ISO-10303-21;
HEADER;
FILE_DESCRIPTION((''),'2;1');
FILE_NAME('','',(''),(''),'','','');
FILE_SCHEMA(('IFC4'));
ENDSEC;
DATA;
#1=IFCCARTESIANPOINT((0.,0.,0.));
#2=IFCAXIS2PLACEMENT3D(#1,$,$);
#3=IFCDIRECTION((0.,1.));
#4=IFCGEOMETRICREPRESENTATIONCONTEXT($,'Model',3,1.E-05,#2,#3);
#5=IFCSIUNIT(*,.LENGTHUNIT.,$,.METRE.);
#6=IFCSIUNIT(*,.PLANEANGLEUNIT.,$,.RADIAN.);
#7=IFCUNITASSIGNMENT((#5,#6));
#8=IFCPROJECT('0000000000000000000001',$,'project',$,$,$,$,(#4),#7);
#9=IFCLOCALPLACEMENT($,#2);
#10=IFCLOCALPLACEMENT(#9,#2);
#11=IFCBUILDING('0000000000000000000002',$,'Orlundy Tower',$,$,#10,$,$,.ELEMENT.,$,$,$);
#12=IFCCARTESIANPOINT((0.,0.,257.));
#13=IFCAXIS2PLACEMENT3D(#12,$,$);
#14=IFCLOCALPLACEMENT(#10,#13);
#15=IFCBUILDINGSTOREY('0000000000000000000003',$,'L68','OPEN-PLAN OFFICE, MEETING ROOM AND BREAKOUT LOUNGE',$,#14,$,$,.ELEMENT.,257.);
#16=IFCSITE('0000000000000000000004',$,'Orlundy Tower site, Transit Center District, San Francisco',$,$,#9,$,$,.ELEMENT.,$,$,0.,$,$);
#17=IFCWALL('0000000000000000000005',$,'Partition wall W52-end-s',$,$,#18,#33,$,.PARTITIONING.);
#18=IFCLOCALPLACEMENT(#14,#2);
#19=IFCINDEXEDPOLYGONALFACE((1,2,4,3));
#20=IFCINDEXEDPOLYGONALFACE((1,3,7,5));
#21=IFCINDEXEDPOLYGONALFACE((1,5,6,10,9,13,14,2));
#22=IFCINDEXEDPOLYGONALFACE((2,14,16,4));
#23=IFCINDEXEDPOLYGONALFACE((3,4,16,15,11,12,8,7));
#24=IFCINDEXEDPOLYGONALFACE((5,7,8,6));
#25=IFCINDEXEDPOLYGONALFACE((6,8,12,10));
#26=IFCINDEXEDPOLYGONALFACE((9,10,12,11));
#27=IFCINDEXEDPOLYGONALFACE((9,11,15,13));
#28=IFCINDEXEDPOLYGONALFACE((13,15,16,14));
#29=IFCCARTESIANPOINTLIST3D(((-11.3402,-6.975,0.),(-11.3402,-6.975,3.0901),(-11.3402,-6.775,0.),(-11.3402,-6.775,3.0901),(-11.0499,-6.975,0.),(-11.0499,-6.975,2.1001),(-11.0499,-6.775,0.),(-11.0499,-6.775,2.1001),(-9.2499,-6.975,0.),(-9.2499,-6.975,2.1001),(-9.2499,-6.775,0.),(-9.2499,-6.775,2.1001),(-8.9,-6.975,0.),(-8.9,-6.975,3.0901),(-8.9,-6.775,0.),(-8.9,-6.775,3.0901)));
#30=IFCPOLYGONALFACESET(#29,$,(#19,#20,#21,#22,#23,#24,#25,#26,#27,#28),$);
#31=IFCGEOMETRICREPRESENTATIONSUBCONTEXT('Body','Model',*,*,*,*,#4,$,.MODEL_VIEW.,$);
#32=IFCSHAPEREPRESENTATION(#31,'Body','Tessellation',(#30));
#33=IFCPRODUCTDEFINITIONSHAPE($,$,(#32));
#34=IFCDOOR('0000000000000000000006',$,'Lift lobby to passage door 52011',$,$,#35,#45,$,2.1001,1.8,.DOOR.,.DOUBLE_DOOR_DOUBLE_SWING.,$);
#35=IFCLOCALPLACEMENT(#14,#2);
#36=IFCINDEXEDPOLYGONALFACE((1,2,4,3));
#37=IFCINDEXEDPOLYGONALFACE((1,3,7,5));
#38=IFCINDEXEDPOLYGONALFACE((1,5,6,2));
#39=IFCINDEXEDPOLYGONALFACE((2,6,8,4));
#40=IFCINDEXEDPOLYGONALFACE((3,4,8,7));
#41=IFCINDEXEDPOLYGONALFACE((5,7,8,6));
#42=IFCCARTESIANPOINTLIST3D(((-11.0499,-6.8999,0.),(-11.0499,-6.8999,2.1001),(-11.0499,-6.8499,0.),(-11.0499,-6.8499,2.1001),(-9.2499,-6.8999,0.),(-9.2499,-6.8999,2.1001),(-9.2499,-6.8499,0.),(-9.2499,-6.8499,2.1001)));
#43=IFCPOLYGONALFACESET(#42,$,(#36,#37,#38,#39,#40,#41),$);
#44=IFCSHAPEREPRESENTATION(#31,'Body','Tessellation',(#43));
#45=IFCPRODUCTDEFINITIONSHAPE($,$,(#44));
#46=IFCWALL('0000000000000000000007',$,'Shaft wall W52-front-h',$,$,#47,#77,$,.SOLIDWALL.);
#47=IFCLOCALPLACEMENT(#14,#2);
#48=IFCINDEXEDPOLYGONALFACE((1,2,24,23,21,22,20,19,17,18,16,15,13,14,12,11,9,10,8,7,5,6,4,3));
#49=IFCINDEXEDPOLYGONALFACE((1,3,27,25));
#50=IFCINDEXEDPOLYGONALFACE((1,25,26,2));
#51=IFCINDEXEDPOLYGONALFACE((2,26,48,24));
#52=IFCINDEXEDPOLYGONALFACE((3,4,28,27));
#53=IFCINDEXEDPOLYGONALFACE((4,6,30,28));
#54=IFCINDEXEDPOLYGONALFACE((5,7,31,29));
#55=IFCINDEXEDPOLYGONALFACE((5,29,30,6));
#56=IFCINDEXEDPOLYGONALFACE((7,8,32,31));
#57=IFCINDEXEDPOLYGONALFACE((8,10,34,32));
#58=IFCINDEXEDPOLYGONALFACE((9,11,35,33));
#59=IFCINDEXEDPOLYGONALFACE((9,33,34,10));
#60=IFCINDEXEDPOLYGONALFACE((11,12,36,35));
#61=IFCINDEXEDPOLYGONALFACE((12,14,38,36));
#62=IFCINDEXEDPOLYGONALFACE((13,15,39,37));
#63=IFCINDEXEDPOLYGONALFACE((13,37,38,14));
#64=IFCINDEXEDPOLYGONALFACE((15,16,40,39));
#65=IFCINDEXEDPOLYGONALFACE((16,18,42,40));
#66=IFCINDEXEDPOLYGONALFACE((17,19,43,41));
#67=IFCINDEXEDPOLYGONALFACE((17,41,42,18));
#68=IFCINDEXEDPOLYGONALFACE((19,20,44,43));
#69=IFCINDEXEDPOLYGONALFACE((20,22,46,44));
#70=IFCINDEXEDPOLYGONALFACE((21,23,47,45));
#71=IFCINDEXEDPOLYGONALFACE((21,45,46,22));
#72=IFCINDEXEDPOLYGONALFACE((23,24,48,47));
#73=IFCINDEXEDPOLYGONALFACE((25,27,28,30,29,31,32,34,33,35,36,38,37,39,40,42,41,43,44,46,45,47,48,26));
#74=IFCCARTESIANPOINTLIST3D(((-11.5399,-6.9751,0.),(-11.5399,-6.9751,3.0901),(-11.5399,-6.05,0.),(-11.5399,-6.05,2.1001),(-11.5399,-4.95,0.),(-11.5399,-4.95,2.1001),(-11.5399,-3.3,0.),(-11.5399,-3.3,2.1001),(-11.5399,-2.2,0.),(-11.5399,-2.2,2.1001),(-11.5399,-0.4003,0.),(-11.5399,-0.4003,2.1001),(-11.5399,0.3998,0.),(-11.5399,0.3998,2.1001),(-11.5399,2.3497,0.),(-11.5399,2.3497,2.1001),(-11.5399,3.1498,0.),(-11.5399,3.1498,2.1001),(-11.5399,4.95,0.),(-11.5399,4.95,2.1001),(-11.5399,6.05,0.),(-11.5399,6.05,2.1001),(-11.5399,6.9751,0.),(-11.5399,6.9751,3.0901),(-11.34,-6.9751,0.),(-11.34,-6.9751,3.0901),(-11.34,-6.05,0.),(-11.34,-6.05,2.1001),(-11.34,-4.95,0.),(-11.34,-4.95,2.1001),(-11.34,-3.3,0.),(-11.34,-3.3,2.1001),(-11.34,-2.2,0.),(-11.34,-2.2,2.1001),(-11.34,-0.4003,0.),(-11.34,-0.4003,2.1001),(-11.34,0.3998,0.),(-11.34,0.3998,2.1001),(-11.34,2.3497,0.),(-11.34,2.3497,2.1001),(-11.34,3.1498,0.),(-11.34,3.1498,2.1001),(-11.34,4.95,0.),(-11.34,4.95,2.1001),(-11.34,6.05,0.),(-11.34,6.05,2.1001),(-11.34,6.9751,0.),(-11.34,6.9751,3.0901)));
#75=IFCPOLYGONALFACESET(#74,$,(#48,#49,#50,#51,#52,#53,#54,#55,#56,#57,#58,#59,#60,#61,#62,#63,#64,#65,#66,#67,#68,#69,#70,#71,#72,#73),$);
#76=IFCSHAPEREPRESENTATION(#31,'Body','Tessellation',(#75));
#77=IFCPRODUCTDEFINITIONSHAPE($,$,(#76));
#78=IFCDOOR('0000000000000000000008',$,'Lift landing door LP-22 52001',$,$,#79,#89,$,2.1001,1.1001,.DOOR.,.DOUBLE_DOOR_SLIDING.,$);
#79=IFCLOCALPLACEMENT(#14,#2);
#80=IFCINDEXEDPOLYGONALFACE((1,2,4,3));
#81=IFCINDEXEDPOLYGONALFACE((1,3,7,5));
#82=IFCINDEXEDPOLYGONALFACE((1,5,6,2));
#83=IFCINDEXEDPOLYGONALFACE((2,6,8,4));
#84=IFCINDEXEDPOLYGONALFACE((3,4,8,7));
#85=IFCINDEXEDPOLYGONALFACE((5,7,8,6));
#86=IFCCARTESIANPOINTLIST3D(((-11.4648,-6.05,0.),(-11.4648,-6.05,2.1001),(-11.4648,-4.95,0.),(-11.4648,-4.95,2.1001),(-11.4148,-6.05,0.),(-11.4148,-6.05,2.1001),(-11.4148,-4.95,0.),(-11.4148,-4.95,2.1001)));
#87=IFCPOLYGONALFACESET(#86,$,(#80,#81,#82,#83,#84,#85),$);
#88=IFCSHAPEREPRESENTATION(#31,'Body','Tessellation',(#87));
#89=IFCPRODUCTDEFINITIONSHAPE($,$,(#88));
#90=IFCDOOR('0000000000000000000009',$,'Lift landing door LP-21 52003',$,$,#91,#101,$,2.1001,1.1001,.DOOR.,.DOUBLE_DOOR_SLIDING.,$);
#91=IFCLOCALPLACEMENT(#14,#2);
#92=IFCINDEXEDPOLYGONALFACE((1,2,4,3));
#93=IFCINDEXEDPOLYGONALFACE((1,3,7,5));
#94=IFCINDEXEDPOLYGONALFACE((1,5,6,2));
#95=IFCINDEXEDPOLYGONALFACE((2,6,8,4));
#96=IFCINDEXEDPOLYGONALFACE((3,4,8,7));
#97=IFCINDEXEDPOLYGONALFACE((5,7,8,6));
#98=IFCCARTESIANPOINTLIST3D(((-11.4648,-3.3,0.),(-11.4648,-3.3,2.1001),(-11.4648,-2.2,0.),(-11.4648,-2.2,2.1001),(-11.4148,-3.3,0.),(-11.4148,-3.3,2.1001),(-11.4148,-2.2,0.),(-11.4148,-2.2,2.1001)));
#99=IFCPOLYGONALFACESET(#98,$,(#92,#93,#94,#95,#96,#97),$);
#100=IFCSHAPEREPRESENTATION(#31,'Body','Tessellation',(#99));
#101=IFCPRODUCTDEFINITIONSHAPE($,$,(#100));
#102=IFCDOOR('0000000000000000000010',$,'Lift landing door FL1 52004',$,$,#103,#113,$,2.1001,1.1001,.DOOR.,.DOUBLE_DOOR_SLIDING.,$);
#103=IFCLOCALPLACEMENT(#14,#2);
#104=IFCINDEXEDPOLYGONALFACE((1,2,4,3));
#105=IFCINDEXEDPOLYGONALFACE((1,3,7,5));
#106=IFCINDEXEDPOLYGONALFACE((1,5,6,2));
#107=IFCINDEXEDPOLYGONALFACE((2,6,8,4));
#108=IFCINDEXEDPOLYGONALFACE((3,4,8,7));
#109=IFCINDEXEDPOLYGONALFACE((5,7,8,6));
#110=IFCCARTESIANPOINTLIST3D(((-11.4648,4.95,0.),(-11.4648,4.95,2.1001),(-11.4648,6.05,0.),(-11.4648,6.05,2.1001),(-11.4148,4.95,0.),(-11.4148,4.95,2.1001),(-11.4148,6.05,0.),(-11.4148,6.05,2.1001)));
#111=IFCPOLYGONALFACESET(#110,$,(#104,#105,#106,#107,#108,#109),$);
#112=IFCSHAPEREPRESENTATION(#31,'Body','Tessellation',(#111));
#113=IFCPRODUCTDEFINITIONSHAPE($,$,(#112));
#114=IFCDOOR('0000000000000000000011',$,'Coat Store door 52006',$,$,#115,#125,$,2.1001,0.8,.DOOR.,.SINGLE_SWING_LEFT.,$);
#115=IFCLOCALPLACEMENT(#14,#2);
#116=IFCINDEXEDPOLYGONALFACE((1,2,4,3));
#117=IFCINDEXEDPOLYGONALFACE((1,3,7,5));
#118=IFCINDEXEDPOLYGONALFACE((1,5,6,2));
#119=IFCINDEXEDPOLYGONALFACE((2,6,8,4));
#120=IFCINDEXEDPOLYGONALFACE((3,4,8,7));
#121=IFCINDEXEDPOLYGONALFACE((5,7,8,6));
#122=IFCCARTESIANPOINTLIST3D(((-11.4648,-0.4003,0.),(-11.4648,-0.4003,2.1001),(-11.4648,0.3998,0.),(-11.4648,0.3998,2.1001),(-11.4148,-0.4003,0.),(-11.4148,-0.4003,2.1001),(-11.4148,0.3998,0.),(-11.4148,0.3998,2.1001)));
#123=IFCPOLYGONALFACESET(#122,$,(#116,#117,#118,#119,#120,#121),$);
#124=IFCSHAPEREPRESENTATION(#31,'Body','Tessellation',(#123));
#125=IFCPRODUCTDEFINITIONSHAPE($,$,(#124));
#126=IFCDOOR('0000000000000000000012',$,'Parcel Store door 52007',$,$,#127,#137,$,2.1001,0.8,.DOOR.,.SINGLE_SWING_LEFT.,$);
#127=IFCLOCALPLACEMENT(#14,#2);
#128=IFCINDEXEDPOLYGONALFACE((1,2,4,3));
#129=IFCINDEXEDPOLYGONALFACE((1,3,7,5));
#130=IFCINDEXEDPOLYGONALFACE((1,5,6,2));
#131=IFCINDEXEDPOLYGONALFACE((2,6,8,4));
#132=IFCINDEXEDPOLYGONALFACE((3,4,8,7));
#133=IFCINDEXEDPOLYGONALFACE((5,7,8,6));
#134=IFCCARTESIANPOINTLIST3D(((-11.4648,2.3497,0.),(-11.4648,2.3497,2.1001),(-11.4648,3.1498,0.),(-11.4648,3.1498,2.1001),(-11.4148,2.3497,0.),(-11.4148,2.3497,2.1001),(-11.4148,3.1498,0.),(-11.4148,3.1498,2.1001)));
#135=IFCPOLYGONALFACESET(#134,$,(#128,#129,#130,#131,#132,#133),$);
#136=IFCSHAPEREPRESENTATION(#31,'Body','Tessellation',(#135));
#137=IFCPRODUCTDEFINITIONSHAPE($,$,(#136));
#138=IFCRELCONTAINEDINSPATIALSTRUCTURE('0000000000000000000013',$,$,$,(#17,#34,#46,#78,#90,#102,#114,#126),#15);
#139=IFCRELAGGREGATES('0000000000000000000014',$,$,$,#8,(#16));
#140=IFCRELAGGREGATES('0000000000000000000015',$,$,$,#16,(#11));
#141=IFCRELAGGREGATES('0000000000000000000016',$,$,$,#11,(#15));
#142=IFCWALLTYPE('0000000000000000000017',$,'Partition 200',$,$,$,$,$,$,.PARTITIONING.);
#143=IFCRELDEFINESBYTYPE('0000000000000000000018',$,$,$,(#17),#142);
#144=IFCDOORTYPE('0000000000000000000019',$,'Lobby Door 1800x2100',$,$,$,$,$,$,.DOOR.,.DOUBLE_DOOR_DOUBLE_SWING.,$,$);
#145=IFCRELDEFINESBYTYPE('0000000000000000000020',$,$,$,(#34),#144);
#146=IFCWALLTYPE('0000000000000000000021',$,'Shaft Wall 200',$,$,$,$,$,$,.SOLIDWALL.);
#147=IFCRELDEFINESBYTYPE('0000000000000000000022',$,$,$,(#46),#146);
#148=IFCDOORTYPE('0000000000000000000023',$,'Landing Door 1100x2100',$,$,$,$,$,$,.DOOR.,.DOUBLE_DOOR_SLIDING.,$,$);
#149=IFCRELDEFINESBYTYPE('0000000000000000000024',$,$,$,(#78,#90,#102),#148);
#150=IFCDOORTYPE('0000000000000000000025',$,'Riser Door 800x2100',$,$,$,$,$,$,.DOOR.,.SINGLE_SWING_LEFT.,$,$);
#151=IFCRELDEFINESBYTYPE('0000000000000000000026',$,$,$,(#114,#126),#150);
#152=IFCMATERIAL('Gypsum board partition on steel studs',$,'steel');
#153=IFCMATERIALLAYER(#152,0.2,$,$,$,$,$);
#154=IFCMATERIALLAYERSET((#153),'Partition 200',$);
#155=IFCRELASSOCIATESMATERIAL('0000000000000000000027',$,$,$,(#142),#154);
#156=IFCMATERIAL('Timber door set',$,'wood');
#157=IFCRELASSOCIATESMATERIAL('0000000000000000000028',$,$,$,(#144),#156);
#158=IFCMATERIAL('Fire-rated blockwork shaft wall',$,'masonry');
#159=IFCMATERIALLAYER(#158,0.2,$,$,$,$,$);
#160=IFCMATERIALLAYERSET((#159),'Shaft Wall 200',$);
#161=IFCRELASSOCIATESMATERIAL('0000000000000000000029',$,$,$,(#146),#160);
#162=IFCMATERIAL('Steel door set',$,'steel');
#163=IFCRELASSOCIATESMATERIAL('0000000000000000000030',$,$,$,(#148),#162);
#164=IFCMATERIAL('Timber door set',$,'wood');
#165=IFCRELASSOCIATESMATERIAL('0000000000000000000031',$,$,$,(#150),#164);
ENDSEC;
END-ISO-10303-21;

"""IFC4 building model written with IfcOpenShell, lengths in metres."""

from ifc_helpers import new_model, si_unit, direction, frame, frame_2d, origin, place, context, subcontext, project, spatial, rectangle, extrude, material, layer, layer_set, type_object, element, fill, save


model = new_model("IFC4")

# Units and contexts
model_context = context("Model", 3, precision=1e-05, world=origin(), true_north=direction((0.0, 1.0)))
body_context = subcontext(model_context, "Body", "Model", "MODEL_VIEW")
ifc_project = project(units=[si_unit("LENGTHUNIT", "METRE"), si_unit("PLANEANGLEUNIT", "RADIAN")], contexts=[model_context])

# Site, building, storey
site_placement = place(None, origin())
site = spatial("IfcSite", under=ifc_project, at=site_placement, Name="Orlundy Tower site, Transit Center District, San Francisco", CompositionType="ELEMENT", RefElevation=0.0)
building_placement = place(site_placement, origin())
building = spatial("IfcBuilding", under=site, at=building_placement, Name="Orlundy Tower", CompositionType="ELEMENT")
storey_placement = place(building_placement, frame((0.0, 0.0, 257.0)))
storey = spatial("IfcBuildingStorey", under=building, at=storey_placement, Name="L68", Description="OPEN-PLAN OFFICE, MEETING ROOM AND BREAKOUT LOUNGE", CompositionType="ELEMENT", Elevation=257.0)

# Wall, opening, door
ifc_material_1 = material(Name="Gypsum board partition on steel studs", Category="steel")
ifc_layer_1 = layer(ifc_material_1, 0.2)
ifc_layer_set_1 = layer_set([ifc_layer_1], Name="Partition 200")
wall_type_1 = type_object("IfcWallType", Name="Partition 200", PredefinedType="PARTITIONING", material=ifc_layer_set_1)
wall_1_placement = place(storey_placement, frame((-8.8999, -6.875, 0.0), z_axis=(0.0, 0.0, 1.0), x_axis=(-1.0, 0.0, 0.0)))
wall_1 = element("IfcWall", 1, at=wall_1_placement, inside=storey, type_object=wall_type_1, Name="Partition wall W52-end-s", PredefinedType="PARTITIONING", context=body_context, shape_type="SweptSolid", body=[
    extrude(rectangle(XDim=2.4402, YDim=0.2, at=frame_2d((1.2202, 0.0))), origin(), (0.0, 0.0, 1.0), 3.0901),
])
opening_1_placement = place(wall_1_placement, frame((0.3501, 0.0, 0.0)))
opening_1 = element("IfcOpeningElement", 2, at=opening_1_placement, cuts=wall_1, PredefinedType="OPENING", context=body_context, shape_type="SweptSolid", body=[
    extrude(rectangle(XDim=1.8, YDim=2.1001, at=frame_2d((0.8999, 1.05))), frame((0.0, 0.1101, 0.0), z_axis=(0.0, -1.0, 0.0), x_axis=(1.0, 0.0, 0.0)), (0.0, 0.0, 1.0), 0.2202),
])
ifc_material_2 = material(Name="Timber door set", Category="wood")
door_type_1 = type_object("IfcDoorType", Name="Lobby Door 1800x2100", OperationType="DOUBLE_DOOR_DOUBLE_SWING", PredefinedType="DOOR", material=ifc_material_2)
door_1_placement = place(opening_1_placement, origin())
door_1 = element("IfcDoor", 3, at=door_1_placement, inside=storey, type_object=door_type_1, Name="Lift lobby to passage door 52011", OperationType="DOUBLE_DOOR_DOUBLE_SWING", OverallHeight=2.1001, OverallWidth=1.8, PredefinedType="DOOR", context=body_context, shape_type="SweptSolid", body=[
    extrude(rectangle(XDim=1.8, YDim=2.1001, at=frame_2d((0.8999, 1.05))), frame((0.0, 0.0249, 0.0), z_axis=(0.0, -1.0, 0.0), x_axis=(1.0, 0.0, 0.0)), (0.0, 0.0, 1.0), 0.05),
])
fill(opening_1, door_1)

# Wall, openings, doors
ifc_material_3 = material(Name="Fire-rated blockwork shaft wall", Category="masonry")
ifc_layer_2 = layer(ifc_material_3, 0.2)
ifc_layer_set_2 = layer_set([ifc_layer_2], Name="Shaft Wall 200")
wall_type_2 = type_object("IfcWallType", Name="Shaft Wall 200", PredefinedType="SOLIDWALL", material=ifc_layer_set_2)
wall_2_placement = place(storey_placement, frame((-11.4399, -6.9751, 0.0), z_axis=(0.0, 0.0, 1.0), x_axis=(0.0, 1.0, 0.0)))
wall_2 = element("IfcWall", 4, at=wall_2_placement, inside=storey, type_object=wall_type_2, Name="Shaft wall W52-front-h", PredefinedType="SOLIDWALL", context=body_context, shape_type="SweptSolid", body=[
    extrude(rectangle(XDim=13.9502, YDim=0.2, at=frame_2d((6.9751, 0.0))), origin(), (0.0, 0.0, 1.0), 3.0901),
])
opening_2_placement = place(wall_2_placement, frame((0.925, 0.0, 0.0)))
opening_2 = element("IfcOpeningElement", 5, at=opening_2_placement, cuts=wall_2, PredefinedType="OPENING", context=body_context, shape_type="SweptSolid", body=[
    extrude(rectangle(XDim=1.1001, YDim=2.1001, at=frame_2d((0.55, 1.05))), frame((0.0, 0.1101, 0.0), z_axis=(0.0, -1.0, 0.0), x_axis=(1.0, 0.0, 0.0)), (0.0, 0.0, 1.0), 0.2202),
])
opening_3_placement = place(wall_2_placement, frame((3.675, 0.0, 0.0)))
opening_3 = element("IfcOpeningElement", 6, at=opening_3_placement, cuts=wall_2, PredefinedType="OPENING", context=body_context, shape_type="SweptSolid", body=[
    extrude(rectangle(XDim=1.1001, YDim=2.1001, at=frame_2d((0.55, 1.05))), frame((0.0, 0.1101, 0.0), z_axis=(0.0, -1.0, 0.0), x_axis=(1.0, 0.0, 0.0)), (0.0, 0.0, 1.0), 0.2202),
])
opening_4_placement = place(wall_2_placement, frame((11.925, 0.0, 0.0)))
opening_4 = element("IfcOpeningElement", 7, at=opening_4_placement, cuts=wall_2, PredefinedType="OPENING", context=body_context, shape_type="SweptSolid", body=[
    extrude(rectangle(XDim=1.1001, YDim=2.1001, at=frame_2d((0.55, 1.05))), frame((0.0, 0.1101, 0.0), z_axis=(0.0, -1.0, 0.0), x_axis=(1.0, 0.0, 0.0)), (0.0, 0.0, 1.0), 0.2202),
])
opening_5_placement = place(wall_2_placement, frame((6.575, 0.0, 0.0)))
opening_5 = element("IfcOpeningElement", 8, at=opening_5_placement, cuts=wall_2, PredefinedType="OPENING", context=body_context, shape_type="SweptSolid", body=[
    extrude(rectangle(XDim=0.8, YDim=2.1001, at=frame_2d((0.3999, 1.05))), frame((0.0, 0.1101, 0.0), z_axis=(0.0, -1.0, 0.0), x_axis=(1.0, 0.0, 0.0)), (0.0, 0.0, 1.0), 0.2202),
])
opening_6_placement = place(wall_2_placement, frame((9.325, 0.0, 0.0)))
opening_6 = element("IfcOpeningElement", 9, at=opening_6_placement, cuts=wall_2, PredefinedType="OPENING", context=body_context, shape_type="SweptSolid", body=[
    extrude(rectangle(XDim=0.8, YDim=2.1001, at=frame_2d((0.3999, 1.05))), frame((0.0, 0.1101, 0.0), z_axis=(0.0, -1.0, 0.0), x_axis=(1.0, 0.0, 0.0)), (0.0, 0.0, 1.0), 0.2202),
])
ifc_material_4 = material(Name="Steel door set", Category="steel")
door_type_2 = type_object("IfcDoorType", Name="Landing Door 1100x2100", OperationType="DOUBLE_DOOR_SLIDING", PredefinedType="DOOR", material=ifc_material_4)
door_2_placement = place(opening_2_placement, origin())
door_2 = element("IfcDoor", 10, at=door_2_placement, inside=storey, type_object=door_type_2, Name="Lift landing door LP-22 52001", OperationType="DOUBLE_DOOR_SLIDING", OverallHeight=2.1001, OverallWidth=1.1001, PredefinedType="DOOR", context=body_context, shape_type="SweptSolid", body=[
    extrude(rectangle(XDim=1.1001, YDim=2.1001, at=frame_2d((0.55, 1.05))), frame((0.0, 0.0249, 0.0), z_axis=(0.0, -1.0, 0.0), x_axis=(1.0, 0.0, 0.0)), (0.0, 0.0, 1.0), 0.05),
])
fill(opening_2, door_2)
door_3_placement = place(opening_3_placement, origin())
door_3 = element("IfcDoor", 11, at=door_3_placement, inside=storey, type_object=door_type_2, Name="Lift landing door LP-21 52003", OperationType="DOUBLE_DOOR_SLIDING", OverallHeight=2.1001, OverallWidth=1.1001, PredefinedType="DOOR", context=body_context, shape_type="SweptSolid", body=[
    extrude(rectangle(XDim=1.1001, YDim=2.1001, at=frame_2d((0.55, 1.05))), frame((0.0, 0.0249, 0.0), z_axis=(0.0, -1.0, 0.0), x_axis=(1.0, 0.0, 0.0)), (0.0, 0.0, 1.0), 0.05),
])
fill(opening_3, door_3)
door_4_placement = place(opening_4_placement, origin())
door_4 = element("IfcDoor", 12, at=door_4_placement, inside=storey, type_object=door_type_2, Name="Lift landing door FL1 52004", OperationType="DOUBLE_DOOR_SLIDING", OverallHeight=2.1001, OverallWidth=1.1001, PredefinedType="DOOR", context=body_context, shape_type="SweptSolid", body=[
    extrude(rectangle(XDim=1.1001, YDim=2.1001, at=frame_2d((0.55, 1.05))), frame((0.0, 0.0249, 0.0), z_axis=(0.0, -1.0, 0.0), x_axis=(1.0, 0.0, 0.0)), (0.0, 0.0, 1.0), 0.05),
])
fill(opening_4, door_4)
ifc_material_5 = material(Name="Timber door set", Category="wood")
door_type_3 = type_object("IfcDoorType", Name="Riser Door 800x2100", OperationType="SINGLE_SWING_LEFT", PredefinedType="DOOR", material=ifc_material_5)
door_5_placement = place(opening_5_placement, origin())
door_5 = element("IfcDoor", 13, at=door_5_placement, inside=storey, type_object=door_type_3, Name="Coat Store door 52006", OperationType="SINGLE_SWING_LEFT", OverallHeight=2.1001, OverallWidth=0.8, PredefinedType="DOOR", context=body_context, shape_type="SweptSolid", body=[
    extrude(rectangle(XDim=0.8, YDim=2.1001, at=frame_2d((0.3999, 1.05))), frame((0.0, 0.0249, 0.0), z_axis=(0.0, -1.0, 0.0), x_axis=(1.0, 0.0, 0.0)), (0.0, 0.0, 1.0), 0.05),
])
fill(opening_5, door_5)
door_6_placement = place(opening_6_placement, origin())
door_6 = element("IfcDoor", 14, at=door_6_placement, inside=storey, type_object=door_type_3, Name="Parcel Store door 52007", OperationType="SINGLE_SWING_LEFT", OverallHeight=2.1001, OverallWidth=0.8, PredefinedType="DOOR", context=body_context, shape_type="SweptSolid", body=[
    extrude(rectangle(XDim=0.8, YDim=2.1001, at=frame_2d((0.3999, 1.05))), frame((0.0, 0.0249, 0.0), z_axis=(0.0, -1.0, 0.0), x_axis=(1.0, 0.0, 0.0)), (0.0, 0.0, 1.0), 0.05),
])
fill(opening_6, door_6)

save(model, "model.ifc")
